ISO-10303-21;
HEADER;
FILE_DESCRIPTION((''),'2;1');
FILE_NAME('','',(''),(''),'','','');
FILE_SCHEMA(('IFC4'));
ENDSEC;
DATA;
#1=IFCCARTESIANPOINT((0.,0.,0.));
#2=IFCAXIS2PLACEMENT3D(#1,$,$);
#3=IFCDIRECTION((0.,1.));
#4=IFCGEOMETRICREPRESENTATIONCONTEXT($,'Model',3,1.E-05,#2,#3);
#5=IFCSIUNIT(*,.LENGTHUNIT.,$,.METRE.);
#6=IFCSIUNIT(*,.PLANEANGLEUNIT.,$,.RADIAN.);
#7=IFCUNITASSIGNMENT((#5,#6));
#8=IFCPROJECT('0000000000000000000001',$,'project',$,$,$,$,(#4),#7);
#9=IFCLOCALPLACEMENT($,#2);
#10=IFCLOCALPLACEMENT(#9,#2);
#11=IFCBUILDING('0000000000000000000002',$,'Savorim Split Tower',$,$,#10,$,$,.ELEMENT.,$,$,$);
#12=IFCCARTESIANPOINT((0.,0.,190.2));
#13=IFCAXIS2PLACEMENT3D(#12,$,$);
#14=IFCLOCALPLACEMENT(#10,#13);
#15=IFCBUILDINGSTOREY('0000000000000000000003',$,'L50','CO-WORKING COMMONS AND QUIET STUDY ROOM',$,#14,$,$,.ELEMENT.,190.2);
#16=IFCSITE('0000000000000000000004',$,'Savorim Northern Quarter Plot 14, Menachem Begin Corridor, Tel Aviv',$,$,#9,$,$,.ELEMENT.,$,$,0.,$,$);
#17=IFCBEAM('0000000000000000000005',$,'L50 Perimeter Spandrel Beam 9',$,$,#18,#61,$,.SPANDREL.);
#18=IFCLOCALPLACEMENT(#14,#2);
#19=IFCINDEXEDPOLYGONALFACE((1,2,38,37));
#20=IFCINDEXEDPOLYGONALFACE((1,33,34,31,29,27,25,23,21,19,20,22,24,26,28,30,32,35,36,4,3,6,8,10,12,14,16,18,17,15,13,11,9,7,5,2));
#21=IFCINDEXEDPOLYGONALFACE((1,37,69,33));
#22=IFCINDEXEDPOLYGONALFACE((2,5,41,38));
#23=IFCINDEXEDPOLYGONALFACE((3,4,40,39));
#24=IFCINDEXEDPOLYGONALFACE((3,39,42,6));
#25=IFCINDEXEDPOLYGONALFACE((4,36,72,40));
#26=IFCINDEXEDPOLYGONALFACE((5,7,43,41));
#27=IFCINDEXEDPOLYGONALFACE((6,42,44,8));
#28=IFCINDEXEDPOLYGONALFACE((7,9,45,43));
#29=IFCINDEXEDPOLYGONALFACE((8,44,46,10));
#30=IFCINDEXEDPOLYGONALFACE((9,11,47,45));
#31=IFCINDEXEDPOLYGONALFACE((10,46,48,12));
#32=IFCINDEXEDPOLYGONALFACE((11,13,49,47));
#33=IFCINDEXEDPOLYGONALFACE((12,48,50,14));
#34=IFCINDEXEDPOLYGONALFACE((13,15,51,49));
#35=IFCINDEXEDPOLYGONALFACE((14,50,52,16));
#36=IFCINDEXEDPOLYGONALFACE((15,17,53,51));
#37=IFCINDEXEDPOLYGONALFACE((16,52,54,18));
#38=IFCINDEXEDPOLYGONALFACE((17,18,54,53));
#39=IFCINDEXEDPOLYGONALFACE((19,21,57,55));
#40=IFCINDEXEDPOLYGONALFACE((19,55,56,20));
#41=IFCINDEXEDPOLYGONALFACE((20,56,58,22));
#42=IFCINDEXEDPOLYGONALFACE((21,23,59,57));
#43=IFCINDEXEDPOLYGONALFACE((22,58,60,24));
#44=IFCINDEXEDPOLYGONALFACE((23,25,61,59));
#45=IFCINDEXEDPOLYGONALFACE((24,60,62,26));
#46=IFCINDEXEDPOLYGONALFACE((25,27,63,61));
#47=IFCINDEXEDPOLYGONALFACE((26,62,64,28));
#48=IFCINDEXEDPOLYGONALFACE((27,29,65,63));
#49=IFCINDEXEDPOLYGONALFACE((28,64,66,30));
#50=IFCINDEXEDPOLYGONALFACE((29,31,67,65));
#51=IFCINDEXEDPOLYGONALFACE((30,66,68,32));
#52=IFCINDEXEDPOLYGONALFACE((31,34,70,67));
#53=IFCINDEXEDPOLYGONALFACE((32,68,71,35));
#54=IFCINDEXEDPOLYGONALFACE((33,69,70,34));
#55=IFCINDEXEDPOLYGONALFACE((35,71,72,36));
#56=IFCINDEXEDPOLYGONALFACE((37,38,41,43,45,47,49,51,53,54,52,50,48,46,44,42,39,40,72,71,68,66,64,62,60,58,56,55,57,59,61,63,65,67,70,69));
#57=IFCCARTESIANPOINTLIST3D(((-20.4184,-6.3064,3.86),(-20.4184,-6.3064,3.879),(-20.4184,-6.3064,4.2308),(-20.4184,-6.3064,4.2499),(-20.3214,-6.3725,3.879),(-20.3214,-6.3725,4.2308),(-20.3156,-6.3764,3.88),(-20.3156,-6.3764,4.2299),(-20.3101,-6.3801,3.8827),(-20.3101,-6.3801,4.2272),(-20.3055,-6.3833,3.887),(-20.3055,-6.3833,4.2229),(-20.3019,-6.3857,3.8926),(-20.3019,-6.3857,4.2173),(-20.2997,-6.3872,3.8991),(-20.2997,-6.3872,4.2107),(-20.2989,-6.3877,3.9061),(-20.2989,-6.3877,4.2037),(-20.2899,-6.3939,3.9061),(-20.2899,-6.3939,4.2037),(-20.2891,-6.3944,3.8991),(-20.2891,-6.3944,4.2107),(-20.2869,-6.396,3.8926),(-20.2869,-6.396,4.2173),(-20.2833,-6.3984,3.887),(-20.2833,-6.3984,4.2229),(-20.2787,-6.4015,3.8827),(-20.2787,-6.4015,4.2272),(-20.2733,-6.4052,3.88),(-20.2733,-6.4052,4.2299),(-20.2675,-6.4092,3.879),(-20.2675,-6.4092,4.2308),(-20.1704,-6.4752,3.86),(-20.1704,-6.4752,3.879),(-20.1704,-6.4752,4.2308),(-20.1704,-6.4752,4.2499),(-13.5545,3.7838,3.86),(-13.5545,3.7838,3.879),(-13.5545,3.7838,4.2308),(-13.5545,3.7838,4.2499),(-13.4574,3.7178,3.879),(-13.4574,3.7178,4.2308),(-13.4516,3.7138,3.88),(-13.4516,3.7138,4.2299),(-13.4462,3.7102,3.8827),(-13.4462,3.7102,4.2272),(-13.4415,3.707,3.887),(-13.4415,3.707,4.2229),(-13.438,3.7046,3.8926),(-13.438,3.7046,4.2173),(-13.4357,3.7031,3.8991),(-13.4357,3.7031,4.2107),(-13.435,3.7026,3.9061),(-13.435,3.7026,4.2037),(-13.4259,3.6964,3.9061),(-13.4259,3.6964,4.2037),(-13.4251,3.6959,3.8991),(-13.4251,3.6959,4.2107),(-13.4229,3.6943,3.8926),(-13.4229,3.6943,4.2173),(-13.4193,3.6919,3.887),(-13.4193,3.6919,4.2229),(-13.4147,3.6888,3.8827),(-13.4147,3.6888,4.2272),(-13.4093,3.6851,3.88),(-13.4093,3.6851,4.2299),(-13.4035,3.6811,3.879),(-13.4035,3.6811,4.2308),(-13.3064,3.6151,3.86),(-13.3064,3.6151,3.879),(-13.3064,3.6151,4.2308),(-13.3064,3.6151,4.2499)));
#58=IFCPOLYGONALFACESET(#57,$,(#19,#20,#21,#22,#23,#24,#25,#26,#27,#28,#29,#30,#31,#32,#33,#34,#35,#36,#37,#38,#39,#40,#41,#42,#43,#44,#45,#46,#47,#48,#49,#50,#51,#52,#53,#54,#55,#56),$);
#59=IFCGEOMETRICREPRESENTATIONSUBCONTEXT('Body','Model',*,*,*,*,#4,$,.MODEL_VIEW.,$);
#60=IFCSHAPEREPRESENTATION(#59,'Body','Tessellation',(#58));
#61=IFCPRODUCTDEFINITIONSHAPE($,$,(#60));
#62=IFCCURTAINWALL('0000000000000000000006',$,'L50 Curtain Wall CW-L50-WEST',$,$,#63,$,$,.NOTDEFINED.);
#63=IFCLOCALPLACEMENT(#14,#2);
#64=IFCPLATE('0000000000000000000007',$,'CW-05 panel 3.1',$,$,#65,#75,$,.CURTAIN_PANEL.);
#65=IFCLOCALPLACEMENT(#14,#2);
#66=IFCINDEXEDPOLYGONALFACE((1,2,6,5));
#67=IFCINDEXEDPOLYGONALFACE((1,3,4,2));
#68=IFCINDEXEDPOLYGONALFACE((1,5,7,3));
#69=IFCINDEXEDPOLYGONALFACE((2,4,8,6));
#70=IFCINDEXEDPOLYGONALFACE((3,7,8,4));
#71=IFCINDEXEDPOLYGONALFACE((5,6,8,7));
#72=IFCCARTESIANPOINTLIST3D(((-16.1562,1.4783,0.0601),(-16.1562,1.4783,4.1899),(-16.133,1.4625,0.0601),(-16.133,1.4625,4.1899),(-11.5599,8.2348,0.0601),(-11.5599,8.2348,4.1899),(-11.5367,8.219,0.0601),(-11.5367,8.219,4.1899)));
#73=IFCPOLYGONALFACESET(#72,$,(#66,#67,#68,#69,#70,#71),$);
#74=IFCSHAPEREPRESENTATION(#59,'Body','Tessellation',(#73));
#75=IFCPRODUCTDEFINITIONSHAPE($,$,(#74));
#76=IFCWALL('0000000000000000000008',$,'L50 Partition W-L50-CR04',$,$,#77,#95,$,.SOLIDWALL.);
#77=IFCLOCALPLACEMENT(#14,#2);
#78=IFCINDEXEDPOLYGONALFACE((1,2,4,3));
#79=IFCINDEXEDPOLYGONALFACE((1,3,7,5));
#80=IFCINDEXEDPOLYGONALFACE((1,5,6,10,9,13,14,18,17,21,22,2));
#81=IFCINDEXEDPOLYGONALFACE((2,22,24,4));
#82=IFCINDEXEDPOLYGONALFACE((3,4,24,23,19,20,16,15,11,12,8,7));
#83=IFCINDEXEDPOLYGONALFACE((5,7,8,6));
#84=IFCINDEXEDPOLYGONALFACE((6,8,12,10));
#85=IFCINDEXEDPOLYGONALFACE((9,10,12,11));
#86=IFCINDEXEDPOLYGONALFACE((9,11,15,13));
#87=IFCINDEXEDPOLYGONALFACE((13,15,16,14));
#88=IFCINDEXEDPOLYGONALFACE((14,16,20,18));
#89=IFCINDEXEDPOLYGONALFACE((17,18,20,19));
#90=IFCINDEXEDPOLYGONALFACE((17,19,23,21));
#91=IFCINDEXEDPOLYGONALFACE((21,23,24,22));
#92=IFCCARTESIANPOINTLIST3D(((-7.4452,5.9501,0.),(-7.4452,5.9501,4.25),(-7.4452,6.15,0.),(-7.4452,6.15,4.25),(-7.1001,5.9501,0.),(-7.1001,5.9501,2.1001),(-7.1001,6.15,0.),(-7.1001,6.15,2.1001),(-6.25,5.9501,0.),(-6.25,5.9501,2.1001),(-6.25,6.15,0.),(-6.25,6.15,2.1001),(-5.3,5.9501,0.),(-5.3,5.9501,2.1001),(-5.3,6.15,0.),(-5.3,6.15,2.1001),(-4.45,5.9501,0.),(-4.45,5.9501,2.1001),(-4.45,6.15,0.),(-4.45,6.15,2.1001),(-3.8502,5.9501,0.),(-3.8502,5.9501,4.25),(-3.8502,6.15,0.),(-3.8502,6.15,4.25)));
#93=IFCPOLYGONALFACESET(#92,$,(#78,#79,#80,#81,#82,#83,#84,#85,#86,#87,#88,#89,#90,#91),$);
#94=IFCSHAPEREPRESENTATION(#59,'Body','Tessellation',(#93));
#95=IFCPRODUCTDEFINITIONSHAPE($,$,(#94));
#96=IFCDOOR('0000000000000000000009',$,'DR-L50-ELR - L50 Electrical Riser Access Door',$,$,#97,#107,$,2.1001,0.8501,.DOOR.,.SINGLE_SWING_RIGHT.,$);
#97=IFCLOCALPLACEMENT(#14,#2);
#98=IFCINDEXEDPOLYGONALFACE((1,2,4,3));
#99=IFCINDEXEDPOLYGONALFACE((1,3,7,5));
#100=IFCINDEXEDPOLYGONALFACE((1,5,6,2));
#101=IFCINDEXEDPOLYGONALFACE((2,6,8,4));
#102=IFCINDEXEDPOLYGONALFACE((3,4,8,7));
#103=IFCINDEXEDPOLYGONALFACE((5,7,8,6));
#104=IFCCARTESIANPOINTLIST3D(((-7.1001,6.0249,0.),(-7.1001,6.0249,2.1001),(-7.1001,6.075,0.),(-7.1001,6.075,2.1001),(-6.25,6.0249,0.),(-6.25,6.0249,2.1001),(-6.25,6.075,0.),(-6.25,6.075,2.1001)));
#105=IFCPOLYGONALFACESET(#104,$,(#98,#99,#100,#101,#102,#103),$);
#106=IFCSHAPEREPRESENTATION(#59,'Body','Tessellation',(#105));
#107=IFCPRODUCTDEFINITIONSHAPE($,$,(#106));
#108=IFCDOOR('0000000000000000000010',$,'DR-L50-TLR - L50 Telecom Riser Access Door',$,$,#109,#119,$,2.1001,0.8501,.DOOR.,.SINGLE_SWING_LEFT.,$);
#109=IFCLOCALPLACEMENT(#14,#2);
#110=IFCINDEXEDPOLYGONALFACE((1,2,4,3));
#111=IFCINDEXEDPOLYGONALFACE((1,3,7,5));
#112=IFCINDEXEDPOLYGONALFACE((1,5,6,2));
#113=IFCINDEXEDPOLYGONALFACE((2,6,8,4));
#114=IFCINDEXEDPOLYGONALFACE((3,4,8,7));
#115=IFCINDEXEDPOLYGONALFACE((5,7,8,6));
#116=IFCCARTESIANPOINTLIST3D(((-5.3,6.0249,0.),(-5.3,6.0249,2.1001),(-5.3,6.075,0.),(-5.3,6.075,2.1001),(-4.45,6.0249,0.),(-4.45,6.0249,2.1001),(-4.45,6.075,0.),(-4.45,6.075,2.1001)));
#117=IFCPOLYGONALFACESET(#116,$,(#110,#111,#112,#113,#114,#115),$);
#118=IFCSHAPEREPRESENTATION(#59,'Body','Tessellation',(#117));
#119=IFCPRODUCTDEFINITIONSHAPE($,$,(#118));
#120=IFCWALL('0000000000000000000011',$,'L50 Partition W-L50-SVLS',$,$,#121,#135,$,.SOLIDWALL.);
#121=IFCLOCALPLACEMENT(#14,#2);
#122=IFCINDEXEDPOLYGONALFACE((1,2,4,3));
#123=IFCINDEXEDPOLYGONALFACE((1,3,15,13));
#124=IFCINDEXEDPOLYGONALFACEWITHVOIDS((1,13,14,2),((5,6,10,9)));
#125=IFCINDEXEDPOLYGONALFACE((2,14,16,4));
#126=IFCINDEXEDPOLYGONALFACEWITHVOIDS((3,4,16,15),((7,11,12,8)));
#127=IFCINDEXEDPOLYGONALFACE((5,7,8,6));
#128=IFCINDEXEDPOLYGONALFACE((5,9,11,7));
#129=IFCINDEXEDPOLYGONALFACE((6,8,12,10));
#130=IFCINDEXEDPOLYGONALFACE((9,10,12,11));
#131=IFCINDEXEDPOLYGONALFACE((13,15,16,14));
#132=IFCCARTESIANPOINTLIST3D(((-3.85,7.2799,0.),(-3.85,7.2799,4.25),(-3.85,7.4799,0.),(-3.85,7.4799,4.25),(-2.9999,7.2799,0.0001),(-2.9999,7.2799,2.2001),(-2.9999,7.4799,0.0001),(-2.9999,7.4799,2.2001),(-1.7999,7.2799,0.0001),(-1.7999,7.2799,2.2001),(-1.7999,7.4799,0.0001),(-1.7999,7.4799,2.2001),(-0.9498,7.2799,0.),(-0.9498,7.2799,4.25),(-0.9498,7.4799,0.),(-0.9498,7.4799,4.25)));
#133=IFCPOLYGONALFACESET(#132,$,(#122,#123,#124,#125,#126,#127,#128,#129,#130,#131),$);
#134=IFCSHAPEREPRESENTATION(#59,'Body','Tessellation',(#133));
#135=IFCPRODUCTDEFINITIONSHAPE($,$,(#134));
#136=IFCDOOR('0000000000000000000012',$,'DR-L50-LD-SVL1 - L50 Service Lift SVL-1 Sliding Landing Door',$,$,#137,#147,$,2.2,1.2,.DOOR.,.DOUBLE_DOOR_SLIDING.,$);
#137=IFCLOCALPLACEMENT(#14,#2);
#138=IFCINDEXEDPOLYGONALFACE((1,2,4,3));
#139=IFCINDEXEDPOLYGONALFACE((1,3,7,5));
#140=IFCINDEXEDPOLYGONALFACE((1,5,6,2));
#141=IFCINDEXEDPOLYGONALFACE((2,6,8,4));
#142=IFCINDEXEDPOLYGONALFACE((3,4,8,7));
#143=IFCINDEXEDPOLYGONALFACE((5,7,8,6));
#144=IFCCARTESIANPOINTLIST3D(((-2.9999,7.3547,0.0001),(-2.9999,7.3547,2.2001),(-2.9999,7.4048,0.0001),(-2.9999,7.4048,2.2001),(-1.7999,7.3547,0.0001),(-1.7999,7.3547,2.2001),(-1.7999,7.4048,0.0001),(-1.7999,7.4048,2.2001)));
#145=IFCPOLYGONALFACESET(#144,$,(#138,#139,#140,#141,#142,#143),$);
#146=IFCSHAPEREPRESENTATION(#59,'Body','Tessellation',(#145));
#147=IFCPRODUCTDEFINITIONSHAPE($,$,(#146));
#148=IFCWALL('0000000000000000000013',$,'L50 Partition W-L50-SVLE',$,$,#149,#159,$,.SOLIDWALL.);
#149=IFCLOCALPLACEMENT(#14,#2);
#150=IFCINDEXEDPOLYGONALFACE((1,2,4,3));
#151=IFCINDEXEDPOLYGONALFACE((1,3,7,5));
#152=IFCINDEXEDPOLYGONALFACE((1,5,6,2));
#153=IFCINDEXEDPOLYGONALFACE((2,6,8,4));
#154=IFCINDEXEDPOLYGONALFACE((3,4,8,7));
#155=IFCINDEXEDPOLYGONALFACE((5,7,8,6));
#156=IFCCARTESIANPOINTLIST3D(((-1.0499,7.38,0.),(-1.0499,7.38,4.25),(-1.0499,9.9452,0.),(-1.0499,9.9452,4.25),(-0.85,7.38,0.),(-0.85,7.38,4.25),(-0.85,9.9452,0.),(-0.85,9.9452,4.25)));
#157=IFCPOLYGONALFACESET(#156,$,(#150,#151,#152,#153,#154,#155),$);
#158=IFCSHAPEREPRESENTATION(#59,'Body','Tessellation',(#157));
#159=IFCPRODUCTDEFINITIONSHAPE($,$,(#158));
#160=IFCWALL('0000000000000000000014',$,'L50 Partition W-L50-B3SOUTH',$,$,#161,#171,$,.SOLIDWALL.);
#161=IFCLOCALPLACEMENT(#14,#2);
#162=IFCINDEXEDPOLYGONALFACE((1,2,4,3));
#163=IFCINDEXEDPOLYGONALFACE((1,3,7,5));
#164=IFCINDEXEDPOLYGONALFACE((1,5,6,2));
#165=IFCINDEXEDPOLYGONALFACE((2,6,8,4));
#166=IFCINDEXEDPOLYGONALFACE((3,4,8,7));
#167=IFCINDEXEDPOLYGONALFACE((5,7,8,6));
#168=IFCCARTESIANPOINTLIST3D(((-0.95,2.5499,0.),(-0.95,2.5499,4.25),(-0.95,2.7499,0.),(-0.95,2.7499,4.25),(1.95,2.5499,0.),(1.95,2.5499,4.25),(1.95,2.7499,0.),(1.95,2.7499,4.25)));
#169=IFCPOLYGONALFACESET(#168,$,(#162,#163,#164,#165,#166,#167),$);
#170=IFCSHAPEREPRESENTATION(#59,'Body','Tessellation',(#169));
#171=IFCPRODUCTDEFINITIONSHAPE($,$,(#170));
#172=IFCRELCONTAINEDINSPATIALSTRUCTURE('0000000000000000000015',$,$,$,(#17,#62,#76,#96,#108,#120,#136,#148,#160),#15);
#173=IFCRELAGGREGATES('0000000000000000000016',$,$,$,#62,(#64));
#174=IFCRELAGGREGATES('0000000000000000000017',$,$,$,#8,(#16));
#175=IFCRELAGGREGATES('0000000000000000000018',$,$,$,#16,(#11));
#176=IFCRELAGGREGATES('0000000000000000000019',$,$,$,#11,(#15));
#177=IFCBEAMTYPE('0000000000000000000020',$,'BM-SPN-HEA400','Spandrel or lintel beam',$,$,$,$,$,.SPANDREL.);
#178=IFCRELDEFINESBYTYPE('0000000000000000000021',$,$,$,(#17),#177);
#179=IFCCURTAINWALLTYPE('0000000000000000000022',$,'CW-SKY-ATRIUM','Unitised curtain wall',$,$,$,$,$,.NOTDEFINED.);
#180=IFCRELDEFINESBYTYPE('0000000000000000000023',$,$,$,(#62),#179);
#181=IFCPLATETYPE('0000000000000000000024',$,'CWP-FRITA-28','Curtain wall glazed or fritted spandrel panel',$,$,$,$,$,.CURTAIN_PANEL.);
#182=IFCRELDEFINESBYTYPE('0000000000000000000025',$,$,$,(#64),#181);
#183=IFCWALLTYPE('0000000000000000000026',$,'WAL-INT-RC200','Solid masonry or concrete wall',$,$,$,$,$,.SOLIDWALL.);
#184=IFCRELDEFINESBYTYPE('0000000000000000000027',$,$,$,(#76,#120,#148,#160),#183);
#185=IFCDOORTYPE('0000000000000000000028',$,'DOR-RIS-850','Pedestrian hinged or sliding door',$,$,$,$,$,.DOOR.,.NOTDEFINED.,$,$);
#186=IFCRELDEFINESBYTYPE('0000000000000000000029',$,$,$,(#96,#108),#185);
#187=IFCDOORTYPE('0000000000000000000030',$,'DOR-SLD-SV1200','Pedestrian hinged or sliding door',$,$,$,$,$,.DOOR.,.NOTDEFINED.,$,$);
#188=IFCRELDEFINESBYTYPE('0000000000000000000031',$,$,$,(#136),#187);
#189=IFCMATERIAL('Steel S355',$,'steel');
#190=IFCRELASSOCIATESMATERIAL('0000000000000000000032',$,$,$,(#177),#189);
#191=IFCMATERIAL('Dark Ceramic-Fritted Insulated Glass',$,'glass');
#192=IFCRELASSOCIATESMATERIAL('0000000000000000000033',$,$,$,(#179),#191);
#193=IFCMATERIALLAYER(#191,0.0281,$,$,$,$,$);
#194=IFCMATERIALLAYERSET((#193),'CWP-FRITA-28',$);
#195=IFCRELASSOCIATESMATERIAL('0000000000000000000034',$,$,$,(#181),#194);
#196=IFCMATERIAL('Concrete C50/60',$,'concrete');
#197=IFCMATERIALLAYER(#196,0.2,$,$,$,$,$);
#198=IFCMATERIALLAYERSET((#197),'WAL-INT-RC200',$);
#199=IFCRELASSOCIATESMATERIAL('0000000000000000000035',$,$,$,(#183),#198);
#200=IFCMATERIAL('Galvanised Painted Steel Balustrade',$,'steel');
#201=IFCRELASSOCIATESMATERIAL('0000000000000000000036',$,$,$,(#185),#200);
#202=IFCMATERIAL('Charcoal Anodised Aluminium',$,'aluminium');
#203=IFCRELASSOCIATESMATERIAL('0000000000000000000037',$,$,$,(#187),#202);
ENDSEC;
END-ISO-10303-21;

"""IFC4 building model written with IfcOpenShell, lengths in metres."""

from ifc_helpers import new_model, si_unit, direction, frame, frame_2d, origin, origin_2d, place, context, subcontext, project, spatial, rectangle, i_section, extrude, material, layer, layer_set, material_profile, profile_set, type_object, element, fill, aggregate, save


model = new_model("IFC4")

# Units and contexts
model_context = context("Model", 3, precision=1e-05, world=origin(), true_north=direction((0.0, 1.0)))
body_context = subcontext(model_context, "Body", "Model", "MODEL_VIEW")
ifc_project = project(units=[si_unit("LENGTHUNIT", "METRE"), si_unit("PLANEANGLEUNIT", "RADIAN")], contexts=[model_context])

# Site, building, storey
site_placement = place(None, origin())
site = spatial("IfcSite", under=ifc_project, at=site_placement, Name="Savorim Northern Quarter Plot 14, Menachem Begin Corridor, Tel Aviv", CompositionType="ELEMENT", RefElevation=0.0)
building_placement = place(site_placement, origin())
building = spatial("IfcBuilding", under=site, at=building_placement, Name="Savorim Split Tower", CompositionType="ELEMENT")
storey_placement = place(building_placement, frame((0.0, 0.0, 190.2)))
storey = spatial("IfcBuildingStorey", under=building, at=storey_placement, Name="L50", Description="CO-WORKING COMMONS AND QUIET STUDY ROOM", CompositionType="ELEMENT", Elevation=190.2)

# Shared definitions
ifc_material_1 = material(Name="Steel S355", Category="steel")

# Beam
ifc_material_profile_1 = material_profile(ifc_material_1, i_section(OverallWidth=0.3, OverallDepth=0.3899, WebThickness=0.011, FlangeThickness=0.019, FilletRadius=0.0271, at=origin_2d()), Name="HEA 400")
ifc_profile_set_1 = profile_set([ifc_material_profile_1], Name="Steel S355")
beam_type_1 = type_object("IfcBeamType", Name="BM-SPN-HEA400", Description="Spandrel or lintel beam", PredefinedType="SPANDREL", material=ifc_profile_set_1)
beam_1_placement = place(storey_placement, frame((-13.4304, 3.6995, 4.0549), z_axis=(-0.562455, -0.826828, 0.0), x_axis=(0.826828, -0.562455, 0.0)))
element("IfcBeam", 1, at=beam_1_placement, inside=storey, type_object=beam_type_1, Name="L50 Perimeter Spandrel Beam 9", PredefinedType="SPANDREL", context=body_context, shape_type="SweptSolid", body=[
    extrude(i_section(OverallWidth=0.3, OverallDepth=0.3899, WebThickness=0.011, FlangeThickness=0.019, FilletRadius=0.0271, at=origin_2d()), origin(), (0.0, 0.0, 1.0), 12.2036),
])

# Curtain wall, plate
ifc_material_2 = material(Name="Dark Ceramic-Fritted Insulated Glass", Category="glass")
curtain_wall_type = type_object("IfcCurtainWallType", Name="CW-SKY-ATRIUM", Description="Unitised curtain wall", PredefinedType="NOTDEFINED", material=ifc_material_2)
curtain_wall_placement = place(storey_placement, origin())
curtain_wall = element("IfcCurtainWall", 2, at=curtain_wall_placement, inside=storey, type_object=curtain_wall_type, Name="L50 Curtain Wall CW-L50-WEST", PredefinedType="NOTDEFINED")
ifc_layer_1 = layer(ifc_material_2, 0.0281)
ifc_layer_set_1 = layer_set([ifc_layer_1], Name="CWP-FRITA-28")
plate_type = type_object("IfcPlateType", Name="CWP-FRITA-28", Description="Curtain wall glazed or fritted spandrel panel", PredefinedType="CURTAIN_PANEL", material=ifc_layer_set_1)
plate_placement = place(storey_placement, frame((-13.8464, 4.8486, 0.0601), z_axis=(0.0, 0.0, 1.0), x_axis=(-0.562466, -0.82682, 0.0)))
plate = element("IfcPlate", 3, at=plate_placement, type_object=plate_type, Name="CW-05 panel 3.1", PredefinedType="CURTAIN_PANEL", context=body_context, shape_type="SweptSolid", body=[
    extrude(rectangle(XDim=8.1716, YDim=0.0281, at=origin_2d()), origin(), (0.0, 0.0, 1.0), 4.1299),
])
aggregate(curtain_wall, [plate])

# Wall, openings, doors
ifc_material_3 = material(Name="Concrete C50/60", Category="concrete")
ifc_layer_2 = layer(ifc_material_3, 0.2)
ifc_layer_set_2 = layer_set([ifc_layer_2], Name="WAL-INT-RC200")
wall_type_1 = type_object("IfcWallType", Name="WAL-INT-RC200", Description="Solid masonry or concrete wall", PredefinedType="SOLIDWALL", material=ifc_layer_set_2)
wall_1_placement = place(storey_placement, frame((-7.4451, 6.05, 0.0), z_axis=(0.0, 0.0, 1.0), x_axis=(1.0, 0.0, 0.0)))
wall_1 = element("IfcWall", 4, at=wall_1_placement, inside=storey, type_object=wall_type_1, Name="L50 Partition W-L50-CR04", PredefinedType="SOLIDWALL", context=body_context, shape_type="SweptSolid", body=[
    extrude(rectangle(XDim=3.595, YDim=0.2, at=frame_2d((1.7974, 0.0))), origin(), (0.0, 0.0, 1.0), 4.25),
])
opening_1_placement = place(wall_1_placement, frame((0.345, 0.0, 0.0)))
opening_1 = element("IfcOpeningElement", 5, at=opening_1_placement, cuts=wall_1, PredefinedType="OPENING", context=body_context, shape_type="SweptSolid", body=[
    extrude(rectangle(XDim=0.8501, YDim=2.1001, at=frame_2d((0.425, 1.05))), frame((0.0, 0.1099, 0.0), z_axis=(0.0, -1.0, 0.0), x_axis=(1.0, 0.0, 0.0)), (0.0, 0.0, 1.0), 0.22),
])
opening_2_placement = place(wall_1_placement, frame((2.145, 0.0, 0.0)))
opening_2 = element("IfcOpeningElement", 6, at=opening_2_placement, cuts=wall_1, PredefinedType="OPENING", context=body_context, shape_type="SweptSolid", body=[
    extrude(rectangle(XDim=0.8501, YDim=2.1001, at=frame_2d((0.425, 1.05))), frame((0.0, 0.1099, 0.0), z_axis=(0.0, -1.0, 0.0), x_axis=(1.0, 0.0, 0.0)), (0.0, 0.0, 1.0), 0.22),
])
ifc_material_4 = material(Name="Galvanised Painted Steel Balustrade", Category="steel")
door_type_1 = type_object("IfcDoorType", Name="DOR-RIS-850", Description="Pedestrian hinged or sliding door", OperationType="NOTDEFINED", PredefinedType="DOOR", material=ifc_material_4)
door_1_placement = place(opening_1_placement, origin())
door_1 = element("IfcDoor", 7, at=door_1_placement, inside=storey, type_object=door_type_1, Name="DR-L50-ELR - L50 Electrical Riser Access Door", OperationType="SINGLE_SWING_RIGHT", OverallHeight=2.1001, OverallWidth=0.8501, PredefinedType="DOOR", context=body_context, shape_type="SweptSolid", body=[
    extrude(rectangle(XDim=0.8501, YDim=2.1001, at=frame_2d((0.425, 1.05))), frame((0.0, 0.0249, 0.0), z_axis=(0.0, -1.0, 0.0), x_axis=(1.0, 0.0, 0.0)), (0.0, 0.0, 1.0), 0.05),
])
fill(opening_1, door_1)
door_2_placement = place(opening_2_placement, origin())
door_2 = element("IfcDoor", 8, at=door_2_placement, inside=storey, type_object=door_type_1, Name="DR-L50-TLR - L50 Telecom Riser Access Door", OperationType="SINGLE_SWING_LEFT", OverallHeight=2.1001, OverallWidth=0.8501, PredefinedType="DOOR", context=body_context, shape_type="SweptSolid", body=[
    extrude(rectangle(XDim=0.8501, YDim=2.1001, at=frame_2d((0.425, 1.05))), frame((0.0, 0.0249, 0.0), z_axis=(0.0, -1.0, 0.0), x_axis=(1.0, 0.0, 0.0)), (0.0, 0.0, 1.0), 0.05),
])
fill(opening_2, door_2)

# Wall, opening, door
wall_2_placement = place(storey_placement, frame((-3.8501, 7.3799, 0.0), z_axis=(0.0, 0.0, 1.0), x_axis=(1.0, 0.0, 0.0)))
wall_2 = element("IfcWall", 9, at=wall_2_placement, inside=storey, type_object=wall_type_1, Name="L50 Partition W-L50-SVLS", PredefinedType="SOLIDWALL", context=body_context, shape_type="SweptSolid", body=[
    extrude(rectangle(XDim=2.9001, YDim=0.2, at=frame_2d((1.4502, 0.0))), origin(), (0.0, 0.0, 1.0), 4.25),
])
opening_3_placement = place(wall_2_placement, frame((0.8501, 0.0, 0.0)))
opening_3 = element("IfcOpeningElement", 10, at=opening_3_placement, cuts=wall_2, PredefinedType="OPENING", context=body_context, shape_type="SweptSolid", body=[
    extrude(rectangle(XDim=1.2, YDim=2.2, at=frame_2d((0.6001, 1.1001))), frame((0.0, 0.1099, 0.0), z_axis=(0.0, -1.0, 0.0), x_axis=(1.0, 0.0, 0.0)), (0.0, 0.0, 1.0), 0.22),
])
ifc_material_5 = material(Name="Charcoal Anodised Aluminium", Category="aluminium")
door_type_2 = type_object("IfcDoorType", Name="DOR-SLD-SV1200", Description="Pedestrian hinged or sliding door", OperationType="NOTDEFINED", PredefinedType="DOOR", material=ifc_material_5)
door_3_placement = place(opening_3_placement, origin())
door_3 = element("IfcDoor", 11, at=door_3_placement, inside=storey, type_object=door_type_2, Name="DR-L50-LD-SVL1 - L50 Service Lift SVL-1 Sliding Landing Door", OperationType="DOUBLE_DOOR_SLIDING", OverallHeight=2.2, OverallWidth=1.2, PredefinedType="DOOR", context=body_context, shape_type="SweptSolid", body=[
    extrude(rectangle(XDim=1.2, YDim=2.2, at=frame_2d((0.6001, 1.1001))), frame((0.0, 0.0249, 0.0), z_axis=(0.0, -1.0, 0.0), x_axis=(1.0, 0.0, 0.0)), (0.0, 0.0, 1.0), 0.05),
])
fill(opening_3, door_3)

# Walls
wall_3_placement = place(storey_placement, frame((-0.95, 7.3799, 0.0), z_axis=(0.0, 0.0, 1.0), x_axis=(0.0, 1.0, 0.0)))
element("IfcWall", 12, at=wall_3_placement, inside=storey, type_object=wall_type_1, Name="L50 Partition W-L50-SVLE", PredefinedType="SOLIDWALL", context=body_context, shape_type="SweptSolid", body=[
    extrude(rectangle(XDim=2.5652, YDim=0.2, at=frame_2d((1.2827, 0.0))), origin(), (0.0, 0.0, 1.0), 4.25),
])
wall_4_placement = place(storey_placement, frame((-0.95, 2.6499, 0.0), z_axis=(0.0, 0.0, 1.0), x_axis=(1.0, 0.0, 0.0)))
element("IfcWall", 13, at=wall_4_placement, inside=storey, type_object=wall_type_1, Name="L50 Partition W-L50-B3SOUTH", PredefinedType="SOLIDWALL", context=body_context, shape_type="SweptSolid", body=[
    extrude(rectangle(XDim=2.8999, YDim=0.2, at=frame_2d((1.45, 0.0))), origin(), (0.0, 0.0, 1.0), 4.25),
])

save(model, "model.ifc")
